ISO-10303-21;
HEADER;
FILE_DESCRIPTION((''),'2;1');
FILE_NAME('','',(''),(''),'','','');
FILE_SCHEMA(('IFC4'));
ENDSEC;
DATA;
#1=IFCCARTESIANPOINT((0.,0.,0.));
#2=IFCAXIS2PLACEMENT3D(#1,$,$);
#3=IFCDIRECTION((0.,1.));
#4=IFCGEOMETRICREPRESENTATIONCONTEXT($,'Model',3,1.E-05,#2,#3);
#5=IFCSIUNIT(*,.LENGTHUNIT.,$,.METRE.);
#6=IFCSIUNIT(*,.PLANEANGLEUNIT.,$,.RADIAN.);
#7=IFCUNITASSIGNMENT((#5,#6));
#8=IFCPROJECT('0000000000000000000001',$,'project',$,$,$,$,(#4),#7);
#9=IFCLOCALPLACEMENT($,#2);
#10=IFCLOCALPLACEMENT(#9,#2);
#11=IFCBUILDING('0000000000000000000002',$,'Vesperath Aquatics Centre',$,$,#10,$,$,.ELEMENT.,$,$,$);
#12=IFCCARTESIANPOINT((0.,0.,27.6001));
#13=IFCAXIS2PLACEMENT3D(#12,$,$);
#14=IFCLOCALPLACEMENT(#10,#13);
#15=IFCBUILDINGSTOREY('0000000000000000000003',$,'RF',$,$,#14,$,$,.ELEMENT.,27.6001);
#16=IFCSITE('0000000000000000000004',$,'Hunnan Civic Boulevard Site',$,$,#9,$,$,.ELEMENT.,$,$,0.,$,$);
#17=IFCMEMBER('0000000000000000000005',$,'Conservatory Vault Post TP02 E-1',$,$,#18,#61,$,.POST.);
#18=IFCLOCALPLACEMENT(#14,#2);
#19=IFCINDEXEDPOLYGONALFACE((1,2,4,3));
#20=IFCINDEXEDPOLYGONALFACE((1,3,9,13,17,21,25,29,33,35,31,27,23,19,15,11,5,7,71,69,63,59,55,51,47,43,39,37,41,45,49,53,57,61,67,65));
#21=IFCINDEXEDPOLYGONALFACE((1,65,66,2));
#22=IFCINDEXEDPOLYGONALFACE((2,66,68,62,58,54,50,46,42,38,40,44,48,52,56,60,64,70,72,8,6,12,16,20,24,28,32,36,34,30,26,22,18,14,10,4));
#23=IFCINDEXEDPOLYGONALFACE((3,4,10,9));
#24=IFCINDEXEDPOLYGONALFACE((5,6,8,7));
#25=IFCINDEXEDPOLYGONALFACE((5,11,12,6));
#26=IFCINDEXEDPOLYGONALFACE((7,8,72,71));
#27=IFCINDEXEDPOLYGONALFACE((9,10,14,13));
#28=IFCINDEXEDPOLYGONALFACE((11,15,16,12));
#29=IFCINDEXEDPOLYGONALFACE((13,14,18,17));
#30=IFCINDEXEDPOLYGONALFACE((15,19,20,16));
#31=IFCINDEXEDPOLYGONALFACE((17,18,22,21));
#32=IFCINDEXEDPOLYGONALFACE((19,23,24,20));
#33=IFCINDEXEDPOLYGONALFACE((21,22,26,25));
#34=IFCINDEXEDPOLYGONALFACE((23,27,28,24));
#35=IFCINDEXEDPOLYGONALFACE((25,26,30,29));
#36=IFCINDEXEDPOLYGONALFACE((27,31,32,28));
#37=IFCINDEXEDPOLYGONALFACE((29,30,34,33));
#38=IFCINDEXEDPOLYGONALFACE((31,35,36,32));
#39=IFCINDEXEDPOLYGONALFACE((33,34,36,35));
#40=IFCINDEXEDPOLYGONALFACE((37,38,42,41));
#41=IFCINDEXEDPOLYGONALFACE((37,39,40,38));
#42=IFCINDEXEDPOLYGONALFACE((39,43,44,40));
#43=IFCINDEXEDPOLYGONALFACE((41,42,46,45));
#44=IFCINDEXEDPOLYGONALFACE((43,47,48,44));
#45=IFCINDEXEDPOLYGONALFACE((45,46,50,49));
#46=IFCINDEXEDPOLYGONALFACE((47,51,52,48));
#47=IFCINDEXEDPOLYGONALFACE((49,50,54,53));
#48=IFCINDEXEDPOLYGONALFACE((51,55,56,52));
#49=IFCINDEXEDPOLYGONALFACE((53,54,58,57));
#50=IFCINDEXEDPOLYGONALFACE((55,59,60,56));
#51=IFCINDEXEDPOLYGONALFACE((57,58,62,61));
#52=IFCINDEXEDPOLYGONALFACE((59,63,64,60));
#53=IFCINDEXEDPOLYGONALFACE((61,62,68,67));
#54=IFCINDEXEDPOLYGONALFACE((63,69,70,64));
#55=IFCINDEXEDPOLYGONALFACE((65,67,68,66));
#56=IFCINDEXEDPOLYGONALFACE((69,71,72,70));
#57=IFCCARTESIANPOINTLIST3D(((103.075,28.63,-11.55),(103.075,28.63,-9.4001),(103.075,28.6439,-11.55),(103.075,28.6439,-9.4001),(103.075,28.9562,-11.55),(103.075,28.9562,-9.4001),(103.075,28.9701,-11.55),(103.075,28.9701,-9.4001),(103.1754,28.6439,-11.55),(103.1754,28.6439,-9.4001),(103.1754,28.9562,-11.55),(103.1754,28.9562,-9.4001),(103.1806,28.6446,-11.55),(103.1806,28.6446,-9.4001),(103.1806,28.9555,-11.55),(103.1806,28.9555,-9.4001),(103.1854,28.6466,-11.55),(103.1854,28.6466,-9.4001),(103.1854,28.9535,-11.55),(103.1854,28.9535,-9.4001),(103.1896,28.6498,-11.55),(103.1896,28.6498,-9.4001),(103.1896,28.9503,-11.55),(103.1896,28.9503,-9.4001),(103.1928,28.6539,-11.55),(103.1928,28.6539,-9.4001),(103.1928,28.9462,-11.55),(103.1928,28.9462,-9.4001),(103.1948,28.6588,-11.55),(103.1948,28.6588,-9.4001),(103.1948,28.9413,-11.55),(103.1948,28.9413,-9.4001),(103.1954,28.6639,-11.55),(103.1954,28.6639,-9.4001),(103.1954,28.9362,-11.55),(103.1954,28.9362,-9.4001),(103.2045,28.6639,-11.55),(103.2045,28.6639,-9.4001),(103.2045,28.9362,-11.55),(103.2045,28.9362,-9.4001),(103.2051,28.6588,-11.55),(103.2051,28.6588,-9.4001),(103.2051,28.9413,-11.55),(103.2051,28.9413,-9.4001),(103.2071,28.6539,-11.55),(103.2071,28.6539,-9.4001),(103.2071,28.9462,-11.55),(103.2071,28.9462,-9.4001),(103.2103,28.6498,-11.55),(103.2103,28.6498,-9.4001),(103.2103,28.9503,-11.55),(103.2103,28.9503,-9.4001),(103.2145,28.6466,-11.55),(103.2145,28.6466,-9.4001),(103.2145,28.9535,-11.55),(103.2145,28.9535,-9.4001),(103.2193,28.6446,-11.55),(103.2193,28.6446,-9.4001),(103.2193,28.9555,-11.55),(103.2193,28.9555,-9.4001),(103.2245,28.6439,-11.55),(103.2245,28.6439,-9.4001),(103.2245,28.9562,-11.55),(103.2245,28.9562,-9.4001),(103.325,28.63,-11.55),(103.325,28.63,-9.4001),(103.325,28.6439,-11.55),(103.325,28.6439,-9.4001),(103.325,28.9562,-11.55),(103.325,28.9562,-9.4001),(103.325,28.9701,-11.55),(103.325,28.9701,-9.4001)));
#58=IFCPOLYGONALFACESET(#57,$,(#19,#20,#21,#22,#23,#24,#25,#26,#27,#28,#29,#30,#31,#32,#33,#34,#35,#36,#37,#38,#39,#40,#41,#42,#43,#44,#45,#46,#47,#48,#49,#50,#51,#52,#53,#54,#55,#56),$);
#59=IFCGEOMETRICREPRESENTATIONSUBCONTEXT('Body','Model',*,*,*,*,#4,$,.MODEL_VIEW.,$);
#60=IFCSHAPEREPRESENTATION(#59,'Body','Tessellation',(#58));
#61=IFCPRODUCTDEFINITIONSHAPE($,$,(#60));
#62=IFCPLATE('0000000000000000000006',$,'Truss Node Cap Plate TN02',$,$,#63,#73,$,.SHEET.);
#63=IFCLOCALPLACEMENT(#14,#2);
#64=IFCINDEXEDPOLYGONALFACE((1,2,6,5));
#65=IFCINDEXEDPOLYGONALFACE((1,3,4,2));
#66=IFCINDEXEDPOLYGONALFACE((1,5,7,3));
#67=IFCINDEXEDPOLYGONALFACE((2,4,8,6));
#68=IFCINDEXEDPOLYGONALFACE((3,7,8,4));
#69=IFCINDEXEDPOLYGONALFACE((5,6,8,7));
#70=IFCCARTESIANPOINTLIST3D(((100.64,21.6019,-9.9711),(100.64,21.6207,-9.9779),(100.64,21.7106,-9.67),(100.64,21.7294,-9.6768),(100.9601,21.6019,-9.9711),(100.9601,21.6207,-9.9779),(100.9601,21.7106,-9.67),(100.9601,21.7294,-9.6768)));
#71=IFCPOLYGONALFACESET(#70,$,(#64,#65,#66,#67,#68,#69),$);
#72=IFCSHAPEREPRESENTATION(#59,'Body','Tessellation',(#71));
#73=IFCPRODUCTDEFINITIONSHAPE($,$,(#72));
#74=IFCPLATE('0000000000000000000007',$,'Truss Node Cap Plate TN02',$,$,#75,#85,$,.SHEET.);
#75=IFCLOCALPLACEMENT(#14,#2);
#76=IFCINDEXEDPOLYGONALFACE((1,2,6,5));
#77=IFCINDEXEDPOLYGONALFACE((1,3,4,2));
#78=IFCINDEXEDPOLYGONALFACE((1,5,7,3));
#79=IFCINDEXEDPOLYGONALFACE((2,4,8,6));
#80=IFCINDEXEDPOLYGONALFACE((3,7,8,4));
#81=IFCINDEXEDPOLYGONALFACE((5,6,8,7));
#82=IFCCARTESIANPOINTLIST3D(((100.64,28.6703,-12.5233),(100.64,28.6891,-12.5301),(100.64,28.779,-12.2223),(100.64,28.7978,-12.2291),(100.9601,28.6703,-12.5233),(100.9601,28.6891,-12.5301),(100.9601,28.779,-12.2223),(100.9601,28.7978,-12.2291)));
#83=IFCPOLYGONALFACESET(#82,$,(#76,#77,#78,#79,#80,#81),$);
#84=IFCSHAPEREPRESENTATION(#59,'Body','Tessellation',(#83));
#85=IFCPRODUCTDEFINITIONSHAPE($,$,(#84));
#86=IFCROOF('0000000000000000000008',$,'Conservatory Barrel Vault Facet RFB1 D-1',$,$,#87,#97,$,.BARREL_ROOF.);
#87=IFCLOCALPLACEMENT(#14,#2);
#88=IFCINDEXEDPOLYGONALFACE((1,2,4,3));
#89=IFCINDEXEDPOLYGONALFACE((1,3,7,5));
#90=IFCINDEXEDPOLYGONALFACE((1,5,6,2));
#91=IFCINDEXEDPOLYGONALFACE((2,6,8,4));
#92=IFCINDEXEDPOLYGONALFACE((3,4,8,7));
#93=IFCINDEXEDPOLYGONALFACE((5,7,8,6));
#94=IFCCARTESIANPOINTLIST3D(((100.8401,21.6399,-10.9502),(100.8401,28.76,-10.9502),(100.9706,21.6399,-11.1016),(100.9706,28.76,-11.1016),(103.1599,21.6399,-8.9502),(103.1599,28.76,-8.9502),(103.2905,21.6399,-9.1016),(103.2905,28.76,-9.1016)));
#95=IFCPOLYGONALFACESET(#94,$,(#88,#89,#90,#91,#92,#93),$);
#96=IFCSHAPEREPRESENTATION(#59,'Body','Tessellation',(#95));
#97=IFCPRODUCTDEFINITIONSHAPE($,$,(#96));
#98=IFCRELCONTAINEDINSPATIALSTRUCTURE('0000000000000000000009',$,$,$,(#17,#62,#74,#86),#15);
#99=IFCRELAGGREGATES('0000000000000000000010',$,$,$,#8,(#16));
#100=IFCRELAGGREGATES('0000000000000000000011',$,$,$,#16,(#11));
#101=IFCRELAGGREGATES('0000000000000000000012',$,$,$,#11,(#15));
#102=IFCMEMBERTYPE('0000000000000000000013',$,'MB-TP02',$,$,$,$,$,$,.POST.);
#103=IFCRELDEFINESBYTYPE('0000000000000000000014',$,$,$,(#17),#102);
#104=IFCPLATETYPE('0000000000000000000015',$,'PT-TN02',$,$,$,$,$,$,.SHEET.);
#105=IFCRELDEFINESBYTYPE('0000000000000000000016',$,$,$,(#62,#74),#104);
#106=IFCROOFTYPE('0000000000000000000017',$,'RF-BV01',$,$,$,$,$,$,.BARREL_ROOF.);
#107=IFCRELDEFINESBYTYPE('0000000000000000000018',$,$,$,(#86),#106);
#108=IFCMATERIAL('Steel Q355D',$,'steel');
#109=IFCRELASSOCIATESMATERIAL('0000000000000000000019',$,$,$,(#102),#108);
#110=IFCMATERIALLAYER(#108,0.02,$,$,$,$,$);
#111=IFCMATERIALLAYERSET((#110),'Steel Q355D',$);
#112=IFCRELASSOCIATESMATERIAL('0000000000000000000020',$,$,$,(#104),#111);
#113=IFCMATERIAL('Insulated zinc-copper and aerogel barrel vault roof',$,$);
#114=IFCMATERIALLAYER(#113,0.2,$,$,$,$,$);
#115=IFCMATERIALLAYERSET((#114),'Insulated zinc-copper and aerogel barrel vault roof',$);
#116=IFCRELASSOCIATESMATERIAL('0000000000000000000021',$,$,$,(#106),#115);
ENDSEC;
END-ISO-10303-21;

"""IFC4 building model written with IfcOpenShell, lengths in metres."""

from ifc_helpers import new_model, si_unit, direction, frame, origin, origin_2d, place, context, subcontext, project, spatial, polyline, rectangle, i_section, outline, extrude, material, layer, layer_set, material_profile, profile_set, type_object, element, save


model = new_model("IFC4")

# Units and contexts
model_context = context("Model", 3, precision=1e-05, world=origin(), true_north=direction((0.0, 1.0)))
body_context = subcontext(model_context, "Body", "Model", "MODEL_VIEW")
ifc_project = project(units=[si_unit("LENGTHUNIT", "METRE"), si_unit("PLANEANGLEUNIT", "RADIAN")], contexts=[model_context])

# Site, building, storey
site_placement = place(None, origin())
site = spatial("IfcSite", under=ifc_project, at=site_placement, Name="Hunnan Civic Boulevard Site", CompositionType="ELEMENT", RefElevation=0.0)
building_placement = place(site_placement, origin())
building = spatial("IfcBuilding", under=site, at=building_placement, Name="Vesperath Aquatics Centre", CompositionType="ELEMENT")
storey_placement = place(building_placement, frame((0.0, 0.0, 27.6001)))
storey = spatial("IfcBuildingStorey", under=building, at=storey_placement, Name="RF", CompositionType="ELEMENT", Elevation=27.6001)

# Shared definitions
ifc_material_1 = material(Name="Steel Q355D", Category="steel")

# Member
ifc_material_profile_1 = material_profile(ifc_material_1, i_section(OverallWidth=0.25, OverallDepth=0.3401, WebThickness=0.009, FlangeThickness=0.0139, FilletRadius=0.02, at=origin_2d()), Name="HM 340x250x9x14")
ifc_profile_set_1 = profile_set([ifc_material_profile_1], Name="Steel Q355D")
member_type_1 = type_object("IfcMemberType", Name="MB-TP02", PredefinedType="POST", material=ifc_profile_set_1)
for number, where, z_axis, x_axis, name in (
    (1, (103.2, 28.8, -11.55), (0.0, 0.0, 1.0), (1.0, 0.0, 0.0), "Conservatory Vault Post TP02 E-1"),
):
    element("IfcMember", number, at=place(storey_placement, frame(where, z_axis=z_axis, x_axis=x_axis)), inside=storey, type_object=member_type_1, Name=name, PredefinedType="POST", context=body_context, shape_type="SweptSolid", body=[
        extrude(i_section(OverallWidth=0.25, OverallDepth=0.3401, WebThickness=0.009, FlangeThickness=0.0139, FilletRadius=0.02, at=origin_2d()), origin(), (0.0, 0.0, 1.0), 2.1499),
    ])

# Plates
ifc_layer_1 = layer(ifc_material_1, 0.02)
ifc_layer_set_1 = layer_set([ifc_layer_1], Name="Steel Q355D")
plate_type = type_object("IfcPlateType", Name="PT-TN02", PredefinedType="SHEET", material=ifc_layer_set_1)
for number, where, z_axis, x_axis, name in (
    (2, (100.8, 21.6562, -9.8206), (0.0, 0.940554, -0.339644), (-1.0, 0.0, 0.0), "Truss Node Cap Plate TN02"),
    (3, (100.8, 28.7246, -12.3728), (0.0, 0.940554, -0.339644), (-1.0, 0.0, 0.0), "Truss Node Cap Plate TN02"),
):
    element("IfcPlate", number, at=place(storey_placement, frame(where, z_axis=z_axis, x_axis=x_axis)), inside=storey, type_object=plate_type, Name=name, PredefinedType="SHEET", context=body_context, shape_type="SweptSolid", body=[
        extrude(rectangle(XDim=0.3201, YDim=0.3201, at=origin_2d()), origin(), (0.0, 0.0, 1.0), 0.02),
    ])

# Roof
ifc_material_2 = material(Name="Insulated zinc-copper and aerogel barrel vault roof")
ifc_layer_2 = layer(ifc_material_2, 0.2)
ifc_layer_set_2 = layer_set([ifc_layer_2], Name="Insulated zinc-copper and aerogel barrel vault roof")
roof_type = type_object("IfcRoofType", Name="RF-BV01", PredefinedType="BARREL_ROOF", material=ifc_layer_set_2)
roof_placement = place(storey_placement, frame((100.8401, 21.6399, -10.9502), z_axis=(-0.652968, 0.0, 0.757385), x_axis=(0.757385, 0.0, 0.652968)))
element("IfcRoof", 4, at=roof_placement, inside=storey, type_object=roof_type, Name="Conservatory Barrel Vault Facet RFB1 D-1", PredefinedType="BARREL_ROOF", context=body_context, shape_type="SweptSolid", body=[
    extrude(outline(polyline([(0.0, 0.0), (3.0629, 0.0), (3.0629, 7.1201), (0.0, 7.1201), (0.0, 0.0)])), origin(), (0.0, 0.0, -1.0), 0.2),
])

save(model, "model.ifc")
